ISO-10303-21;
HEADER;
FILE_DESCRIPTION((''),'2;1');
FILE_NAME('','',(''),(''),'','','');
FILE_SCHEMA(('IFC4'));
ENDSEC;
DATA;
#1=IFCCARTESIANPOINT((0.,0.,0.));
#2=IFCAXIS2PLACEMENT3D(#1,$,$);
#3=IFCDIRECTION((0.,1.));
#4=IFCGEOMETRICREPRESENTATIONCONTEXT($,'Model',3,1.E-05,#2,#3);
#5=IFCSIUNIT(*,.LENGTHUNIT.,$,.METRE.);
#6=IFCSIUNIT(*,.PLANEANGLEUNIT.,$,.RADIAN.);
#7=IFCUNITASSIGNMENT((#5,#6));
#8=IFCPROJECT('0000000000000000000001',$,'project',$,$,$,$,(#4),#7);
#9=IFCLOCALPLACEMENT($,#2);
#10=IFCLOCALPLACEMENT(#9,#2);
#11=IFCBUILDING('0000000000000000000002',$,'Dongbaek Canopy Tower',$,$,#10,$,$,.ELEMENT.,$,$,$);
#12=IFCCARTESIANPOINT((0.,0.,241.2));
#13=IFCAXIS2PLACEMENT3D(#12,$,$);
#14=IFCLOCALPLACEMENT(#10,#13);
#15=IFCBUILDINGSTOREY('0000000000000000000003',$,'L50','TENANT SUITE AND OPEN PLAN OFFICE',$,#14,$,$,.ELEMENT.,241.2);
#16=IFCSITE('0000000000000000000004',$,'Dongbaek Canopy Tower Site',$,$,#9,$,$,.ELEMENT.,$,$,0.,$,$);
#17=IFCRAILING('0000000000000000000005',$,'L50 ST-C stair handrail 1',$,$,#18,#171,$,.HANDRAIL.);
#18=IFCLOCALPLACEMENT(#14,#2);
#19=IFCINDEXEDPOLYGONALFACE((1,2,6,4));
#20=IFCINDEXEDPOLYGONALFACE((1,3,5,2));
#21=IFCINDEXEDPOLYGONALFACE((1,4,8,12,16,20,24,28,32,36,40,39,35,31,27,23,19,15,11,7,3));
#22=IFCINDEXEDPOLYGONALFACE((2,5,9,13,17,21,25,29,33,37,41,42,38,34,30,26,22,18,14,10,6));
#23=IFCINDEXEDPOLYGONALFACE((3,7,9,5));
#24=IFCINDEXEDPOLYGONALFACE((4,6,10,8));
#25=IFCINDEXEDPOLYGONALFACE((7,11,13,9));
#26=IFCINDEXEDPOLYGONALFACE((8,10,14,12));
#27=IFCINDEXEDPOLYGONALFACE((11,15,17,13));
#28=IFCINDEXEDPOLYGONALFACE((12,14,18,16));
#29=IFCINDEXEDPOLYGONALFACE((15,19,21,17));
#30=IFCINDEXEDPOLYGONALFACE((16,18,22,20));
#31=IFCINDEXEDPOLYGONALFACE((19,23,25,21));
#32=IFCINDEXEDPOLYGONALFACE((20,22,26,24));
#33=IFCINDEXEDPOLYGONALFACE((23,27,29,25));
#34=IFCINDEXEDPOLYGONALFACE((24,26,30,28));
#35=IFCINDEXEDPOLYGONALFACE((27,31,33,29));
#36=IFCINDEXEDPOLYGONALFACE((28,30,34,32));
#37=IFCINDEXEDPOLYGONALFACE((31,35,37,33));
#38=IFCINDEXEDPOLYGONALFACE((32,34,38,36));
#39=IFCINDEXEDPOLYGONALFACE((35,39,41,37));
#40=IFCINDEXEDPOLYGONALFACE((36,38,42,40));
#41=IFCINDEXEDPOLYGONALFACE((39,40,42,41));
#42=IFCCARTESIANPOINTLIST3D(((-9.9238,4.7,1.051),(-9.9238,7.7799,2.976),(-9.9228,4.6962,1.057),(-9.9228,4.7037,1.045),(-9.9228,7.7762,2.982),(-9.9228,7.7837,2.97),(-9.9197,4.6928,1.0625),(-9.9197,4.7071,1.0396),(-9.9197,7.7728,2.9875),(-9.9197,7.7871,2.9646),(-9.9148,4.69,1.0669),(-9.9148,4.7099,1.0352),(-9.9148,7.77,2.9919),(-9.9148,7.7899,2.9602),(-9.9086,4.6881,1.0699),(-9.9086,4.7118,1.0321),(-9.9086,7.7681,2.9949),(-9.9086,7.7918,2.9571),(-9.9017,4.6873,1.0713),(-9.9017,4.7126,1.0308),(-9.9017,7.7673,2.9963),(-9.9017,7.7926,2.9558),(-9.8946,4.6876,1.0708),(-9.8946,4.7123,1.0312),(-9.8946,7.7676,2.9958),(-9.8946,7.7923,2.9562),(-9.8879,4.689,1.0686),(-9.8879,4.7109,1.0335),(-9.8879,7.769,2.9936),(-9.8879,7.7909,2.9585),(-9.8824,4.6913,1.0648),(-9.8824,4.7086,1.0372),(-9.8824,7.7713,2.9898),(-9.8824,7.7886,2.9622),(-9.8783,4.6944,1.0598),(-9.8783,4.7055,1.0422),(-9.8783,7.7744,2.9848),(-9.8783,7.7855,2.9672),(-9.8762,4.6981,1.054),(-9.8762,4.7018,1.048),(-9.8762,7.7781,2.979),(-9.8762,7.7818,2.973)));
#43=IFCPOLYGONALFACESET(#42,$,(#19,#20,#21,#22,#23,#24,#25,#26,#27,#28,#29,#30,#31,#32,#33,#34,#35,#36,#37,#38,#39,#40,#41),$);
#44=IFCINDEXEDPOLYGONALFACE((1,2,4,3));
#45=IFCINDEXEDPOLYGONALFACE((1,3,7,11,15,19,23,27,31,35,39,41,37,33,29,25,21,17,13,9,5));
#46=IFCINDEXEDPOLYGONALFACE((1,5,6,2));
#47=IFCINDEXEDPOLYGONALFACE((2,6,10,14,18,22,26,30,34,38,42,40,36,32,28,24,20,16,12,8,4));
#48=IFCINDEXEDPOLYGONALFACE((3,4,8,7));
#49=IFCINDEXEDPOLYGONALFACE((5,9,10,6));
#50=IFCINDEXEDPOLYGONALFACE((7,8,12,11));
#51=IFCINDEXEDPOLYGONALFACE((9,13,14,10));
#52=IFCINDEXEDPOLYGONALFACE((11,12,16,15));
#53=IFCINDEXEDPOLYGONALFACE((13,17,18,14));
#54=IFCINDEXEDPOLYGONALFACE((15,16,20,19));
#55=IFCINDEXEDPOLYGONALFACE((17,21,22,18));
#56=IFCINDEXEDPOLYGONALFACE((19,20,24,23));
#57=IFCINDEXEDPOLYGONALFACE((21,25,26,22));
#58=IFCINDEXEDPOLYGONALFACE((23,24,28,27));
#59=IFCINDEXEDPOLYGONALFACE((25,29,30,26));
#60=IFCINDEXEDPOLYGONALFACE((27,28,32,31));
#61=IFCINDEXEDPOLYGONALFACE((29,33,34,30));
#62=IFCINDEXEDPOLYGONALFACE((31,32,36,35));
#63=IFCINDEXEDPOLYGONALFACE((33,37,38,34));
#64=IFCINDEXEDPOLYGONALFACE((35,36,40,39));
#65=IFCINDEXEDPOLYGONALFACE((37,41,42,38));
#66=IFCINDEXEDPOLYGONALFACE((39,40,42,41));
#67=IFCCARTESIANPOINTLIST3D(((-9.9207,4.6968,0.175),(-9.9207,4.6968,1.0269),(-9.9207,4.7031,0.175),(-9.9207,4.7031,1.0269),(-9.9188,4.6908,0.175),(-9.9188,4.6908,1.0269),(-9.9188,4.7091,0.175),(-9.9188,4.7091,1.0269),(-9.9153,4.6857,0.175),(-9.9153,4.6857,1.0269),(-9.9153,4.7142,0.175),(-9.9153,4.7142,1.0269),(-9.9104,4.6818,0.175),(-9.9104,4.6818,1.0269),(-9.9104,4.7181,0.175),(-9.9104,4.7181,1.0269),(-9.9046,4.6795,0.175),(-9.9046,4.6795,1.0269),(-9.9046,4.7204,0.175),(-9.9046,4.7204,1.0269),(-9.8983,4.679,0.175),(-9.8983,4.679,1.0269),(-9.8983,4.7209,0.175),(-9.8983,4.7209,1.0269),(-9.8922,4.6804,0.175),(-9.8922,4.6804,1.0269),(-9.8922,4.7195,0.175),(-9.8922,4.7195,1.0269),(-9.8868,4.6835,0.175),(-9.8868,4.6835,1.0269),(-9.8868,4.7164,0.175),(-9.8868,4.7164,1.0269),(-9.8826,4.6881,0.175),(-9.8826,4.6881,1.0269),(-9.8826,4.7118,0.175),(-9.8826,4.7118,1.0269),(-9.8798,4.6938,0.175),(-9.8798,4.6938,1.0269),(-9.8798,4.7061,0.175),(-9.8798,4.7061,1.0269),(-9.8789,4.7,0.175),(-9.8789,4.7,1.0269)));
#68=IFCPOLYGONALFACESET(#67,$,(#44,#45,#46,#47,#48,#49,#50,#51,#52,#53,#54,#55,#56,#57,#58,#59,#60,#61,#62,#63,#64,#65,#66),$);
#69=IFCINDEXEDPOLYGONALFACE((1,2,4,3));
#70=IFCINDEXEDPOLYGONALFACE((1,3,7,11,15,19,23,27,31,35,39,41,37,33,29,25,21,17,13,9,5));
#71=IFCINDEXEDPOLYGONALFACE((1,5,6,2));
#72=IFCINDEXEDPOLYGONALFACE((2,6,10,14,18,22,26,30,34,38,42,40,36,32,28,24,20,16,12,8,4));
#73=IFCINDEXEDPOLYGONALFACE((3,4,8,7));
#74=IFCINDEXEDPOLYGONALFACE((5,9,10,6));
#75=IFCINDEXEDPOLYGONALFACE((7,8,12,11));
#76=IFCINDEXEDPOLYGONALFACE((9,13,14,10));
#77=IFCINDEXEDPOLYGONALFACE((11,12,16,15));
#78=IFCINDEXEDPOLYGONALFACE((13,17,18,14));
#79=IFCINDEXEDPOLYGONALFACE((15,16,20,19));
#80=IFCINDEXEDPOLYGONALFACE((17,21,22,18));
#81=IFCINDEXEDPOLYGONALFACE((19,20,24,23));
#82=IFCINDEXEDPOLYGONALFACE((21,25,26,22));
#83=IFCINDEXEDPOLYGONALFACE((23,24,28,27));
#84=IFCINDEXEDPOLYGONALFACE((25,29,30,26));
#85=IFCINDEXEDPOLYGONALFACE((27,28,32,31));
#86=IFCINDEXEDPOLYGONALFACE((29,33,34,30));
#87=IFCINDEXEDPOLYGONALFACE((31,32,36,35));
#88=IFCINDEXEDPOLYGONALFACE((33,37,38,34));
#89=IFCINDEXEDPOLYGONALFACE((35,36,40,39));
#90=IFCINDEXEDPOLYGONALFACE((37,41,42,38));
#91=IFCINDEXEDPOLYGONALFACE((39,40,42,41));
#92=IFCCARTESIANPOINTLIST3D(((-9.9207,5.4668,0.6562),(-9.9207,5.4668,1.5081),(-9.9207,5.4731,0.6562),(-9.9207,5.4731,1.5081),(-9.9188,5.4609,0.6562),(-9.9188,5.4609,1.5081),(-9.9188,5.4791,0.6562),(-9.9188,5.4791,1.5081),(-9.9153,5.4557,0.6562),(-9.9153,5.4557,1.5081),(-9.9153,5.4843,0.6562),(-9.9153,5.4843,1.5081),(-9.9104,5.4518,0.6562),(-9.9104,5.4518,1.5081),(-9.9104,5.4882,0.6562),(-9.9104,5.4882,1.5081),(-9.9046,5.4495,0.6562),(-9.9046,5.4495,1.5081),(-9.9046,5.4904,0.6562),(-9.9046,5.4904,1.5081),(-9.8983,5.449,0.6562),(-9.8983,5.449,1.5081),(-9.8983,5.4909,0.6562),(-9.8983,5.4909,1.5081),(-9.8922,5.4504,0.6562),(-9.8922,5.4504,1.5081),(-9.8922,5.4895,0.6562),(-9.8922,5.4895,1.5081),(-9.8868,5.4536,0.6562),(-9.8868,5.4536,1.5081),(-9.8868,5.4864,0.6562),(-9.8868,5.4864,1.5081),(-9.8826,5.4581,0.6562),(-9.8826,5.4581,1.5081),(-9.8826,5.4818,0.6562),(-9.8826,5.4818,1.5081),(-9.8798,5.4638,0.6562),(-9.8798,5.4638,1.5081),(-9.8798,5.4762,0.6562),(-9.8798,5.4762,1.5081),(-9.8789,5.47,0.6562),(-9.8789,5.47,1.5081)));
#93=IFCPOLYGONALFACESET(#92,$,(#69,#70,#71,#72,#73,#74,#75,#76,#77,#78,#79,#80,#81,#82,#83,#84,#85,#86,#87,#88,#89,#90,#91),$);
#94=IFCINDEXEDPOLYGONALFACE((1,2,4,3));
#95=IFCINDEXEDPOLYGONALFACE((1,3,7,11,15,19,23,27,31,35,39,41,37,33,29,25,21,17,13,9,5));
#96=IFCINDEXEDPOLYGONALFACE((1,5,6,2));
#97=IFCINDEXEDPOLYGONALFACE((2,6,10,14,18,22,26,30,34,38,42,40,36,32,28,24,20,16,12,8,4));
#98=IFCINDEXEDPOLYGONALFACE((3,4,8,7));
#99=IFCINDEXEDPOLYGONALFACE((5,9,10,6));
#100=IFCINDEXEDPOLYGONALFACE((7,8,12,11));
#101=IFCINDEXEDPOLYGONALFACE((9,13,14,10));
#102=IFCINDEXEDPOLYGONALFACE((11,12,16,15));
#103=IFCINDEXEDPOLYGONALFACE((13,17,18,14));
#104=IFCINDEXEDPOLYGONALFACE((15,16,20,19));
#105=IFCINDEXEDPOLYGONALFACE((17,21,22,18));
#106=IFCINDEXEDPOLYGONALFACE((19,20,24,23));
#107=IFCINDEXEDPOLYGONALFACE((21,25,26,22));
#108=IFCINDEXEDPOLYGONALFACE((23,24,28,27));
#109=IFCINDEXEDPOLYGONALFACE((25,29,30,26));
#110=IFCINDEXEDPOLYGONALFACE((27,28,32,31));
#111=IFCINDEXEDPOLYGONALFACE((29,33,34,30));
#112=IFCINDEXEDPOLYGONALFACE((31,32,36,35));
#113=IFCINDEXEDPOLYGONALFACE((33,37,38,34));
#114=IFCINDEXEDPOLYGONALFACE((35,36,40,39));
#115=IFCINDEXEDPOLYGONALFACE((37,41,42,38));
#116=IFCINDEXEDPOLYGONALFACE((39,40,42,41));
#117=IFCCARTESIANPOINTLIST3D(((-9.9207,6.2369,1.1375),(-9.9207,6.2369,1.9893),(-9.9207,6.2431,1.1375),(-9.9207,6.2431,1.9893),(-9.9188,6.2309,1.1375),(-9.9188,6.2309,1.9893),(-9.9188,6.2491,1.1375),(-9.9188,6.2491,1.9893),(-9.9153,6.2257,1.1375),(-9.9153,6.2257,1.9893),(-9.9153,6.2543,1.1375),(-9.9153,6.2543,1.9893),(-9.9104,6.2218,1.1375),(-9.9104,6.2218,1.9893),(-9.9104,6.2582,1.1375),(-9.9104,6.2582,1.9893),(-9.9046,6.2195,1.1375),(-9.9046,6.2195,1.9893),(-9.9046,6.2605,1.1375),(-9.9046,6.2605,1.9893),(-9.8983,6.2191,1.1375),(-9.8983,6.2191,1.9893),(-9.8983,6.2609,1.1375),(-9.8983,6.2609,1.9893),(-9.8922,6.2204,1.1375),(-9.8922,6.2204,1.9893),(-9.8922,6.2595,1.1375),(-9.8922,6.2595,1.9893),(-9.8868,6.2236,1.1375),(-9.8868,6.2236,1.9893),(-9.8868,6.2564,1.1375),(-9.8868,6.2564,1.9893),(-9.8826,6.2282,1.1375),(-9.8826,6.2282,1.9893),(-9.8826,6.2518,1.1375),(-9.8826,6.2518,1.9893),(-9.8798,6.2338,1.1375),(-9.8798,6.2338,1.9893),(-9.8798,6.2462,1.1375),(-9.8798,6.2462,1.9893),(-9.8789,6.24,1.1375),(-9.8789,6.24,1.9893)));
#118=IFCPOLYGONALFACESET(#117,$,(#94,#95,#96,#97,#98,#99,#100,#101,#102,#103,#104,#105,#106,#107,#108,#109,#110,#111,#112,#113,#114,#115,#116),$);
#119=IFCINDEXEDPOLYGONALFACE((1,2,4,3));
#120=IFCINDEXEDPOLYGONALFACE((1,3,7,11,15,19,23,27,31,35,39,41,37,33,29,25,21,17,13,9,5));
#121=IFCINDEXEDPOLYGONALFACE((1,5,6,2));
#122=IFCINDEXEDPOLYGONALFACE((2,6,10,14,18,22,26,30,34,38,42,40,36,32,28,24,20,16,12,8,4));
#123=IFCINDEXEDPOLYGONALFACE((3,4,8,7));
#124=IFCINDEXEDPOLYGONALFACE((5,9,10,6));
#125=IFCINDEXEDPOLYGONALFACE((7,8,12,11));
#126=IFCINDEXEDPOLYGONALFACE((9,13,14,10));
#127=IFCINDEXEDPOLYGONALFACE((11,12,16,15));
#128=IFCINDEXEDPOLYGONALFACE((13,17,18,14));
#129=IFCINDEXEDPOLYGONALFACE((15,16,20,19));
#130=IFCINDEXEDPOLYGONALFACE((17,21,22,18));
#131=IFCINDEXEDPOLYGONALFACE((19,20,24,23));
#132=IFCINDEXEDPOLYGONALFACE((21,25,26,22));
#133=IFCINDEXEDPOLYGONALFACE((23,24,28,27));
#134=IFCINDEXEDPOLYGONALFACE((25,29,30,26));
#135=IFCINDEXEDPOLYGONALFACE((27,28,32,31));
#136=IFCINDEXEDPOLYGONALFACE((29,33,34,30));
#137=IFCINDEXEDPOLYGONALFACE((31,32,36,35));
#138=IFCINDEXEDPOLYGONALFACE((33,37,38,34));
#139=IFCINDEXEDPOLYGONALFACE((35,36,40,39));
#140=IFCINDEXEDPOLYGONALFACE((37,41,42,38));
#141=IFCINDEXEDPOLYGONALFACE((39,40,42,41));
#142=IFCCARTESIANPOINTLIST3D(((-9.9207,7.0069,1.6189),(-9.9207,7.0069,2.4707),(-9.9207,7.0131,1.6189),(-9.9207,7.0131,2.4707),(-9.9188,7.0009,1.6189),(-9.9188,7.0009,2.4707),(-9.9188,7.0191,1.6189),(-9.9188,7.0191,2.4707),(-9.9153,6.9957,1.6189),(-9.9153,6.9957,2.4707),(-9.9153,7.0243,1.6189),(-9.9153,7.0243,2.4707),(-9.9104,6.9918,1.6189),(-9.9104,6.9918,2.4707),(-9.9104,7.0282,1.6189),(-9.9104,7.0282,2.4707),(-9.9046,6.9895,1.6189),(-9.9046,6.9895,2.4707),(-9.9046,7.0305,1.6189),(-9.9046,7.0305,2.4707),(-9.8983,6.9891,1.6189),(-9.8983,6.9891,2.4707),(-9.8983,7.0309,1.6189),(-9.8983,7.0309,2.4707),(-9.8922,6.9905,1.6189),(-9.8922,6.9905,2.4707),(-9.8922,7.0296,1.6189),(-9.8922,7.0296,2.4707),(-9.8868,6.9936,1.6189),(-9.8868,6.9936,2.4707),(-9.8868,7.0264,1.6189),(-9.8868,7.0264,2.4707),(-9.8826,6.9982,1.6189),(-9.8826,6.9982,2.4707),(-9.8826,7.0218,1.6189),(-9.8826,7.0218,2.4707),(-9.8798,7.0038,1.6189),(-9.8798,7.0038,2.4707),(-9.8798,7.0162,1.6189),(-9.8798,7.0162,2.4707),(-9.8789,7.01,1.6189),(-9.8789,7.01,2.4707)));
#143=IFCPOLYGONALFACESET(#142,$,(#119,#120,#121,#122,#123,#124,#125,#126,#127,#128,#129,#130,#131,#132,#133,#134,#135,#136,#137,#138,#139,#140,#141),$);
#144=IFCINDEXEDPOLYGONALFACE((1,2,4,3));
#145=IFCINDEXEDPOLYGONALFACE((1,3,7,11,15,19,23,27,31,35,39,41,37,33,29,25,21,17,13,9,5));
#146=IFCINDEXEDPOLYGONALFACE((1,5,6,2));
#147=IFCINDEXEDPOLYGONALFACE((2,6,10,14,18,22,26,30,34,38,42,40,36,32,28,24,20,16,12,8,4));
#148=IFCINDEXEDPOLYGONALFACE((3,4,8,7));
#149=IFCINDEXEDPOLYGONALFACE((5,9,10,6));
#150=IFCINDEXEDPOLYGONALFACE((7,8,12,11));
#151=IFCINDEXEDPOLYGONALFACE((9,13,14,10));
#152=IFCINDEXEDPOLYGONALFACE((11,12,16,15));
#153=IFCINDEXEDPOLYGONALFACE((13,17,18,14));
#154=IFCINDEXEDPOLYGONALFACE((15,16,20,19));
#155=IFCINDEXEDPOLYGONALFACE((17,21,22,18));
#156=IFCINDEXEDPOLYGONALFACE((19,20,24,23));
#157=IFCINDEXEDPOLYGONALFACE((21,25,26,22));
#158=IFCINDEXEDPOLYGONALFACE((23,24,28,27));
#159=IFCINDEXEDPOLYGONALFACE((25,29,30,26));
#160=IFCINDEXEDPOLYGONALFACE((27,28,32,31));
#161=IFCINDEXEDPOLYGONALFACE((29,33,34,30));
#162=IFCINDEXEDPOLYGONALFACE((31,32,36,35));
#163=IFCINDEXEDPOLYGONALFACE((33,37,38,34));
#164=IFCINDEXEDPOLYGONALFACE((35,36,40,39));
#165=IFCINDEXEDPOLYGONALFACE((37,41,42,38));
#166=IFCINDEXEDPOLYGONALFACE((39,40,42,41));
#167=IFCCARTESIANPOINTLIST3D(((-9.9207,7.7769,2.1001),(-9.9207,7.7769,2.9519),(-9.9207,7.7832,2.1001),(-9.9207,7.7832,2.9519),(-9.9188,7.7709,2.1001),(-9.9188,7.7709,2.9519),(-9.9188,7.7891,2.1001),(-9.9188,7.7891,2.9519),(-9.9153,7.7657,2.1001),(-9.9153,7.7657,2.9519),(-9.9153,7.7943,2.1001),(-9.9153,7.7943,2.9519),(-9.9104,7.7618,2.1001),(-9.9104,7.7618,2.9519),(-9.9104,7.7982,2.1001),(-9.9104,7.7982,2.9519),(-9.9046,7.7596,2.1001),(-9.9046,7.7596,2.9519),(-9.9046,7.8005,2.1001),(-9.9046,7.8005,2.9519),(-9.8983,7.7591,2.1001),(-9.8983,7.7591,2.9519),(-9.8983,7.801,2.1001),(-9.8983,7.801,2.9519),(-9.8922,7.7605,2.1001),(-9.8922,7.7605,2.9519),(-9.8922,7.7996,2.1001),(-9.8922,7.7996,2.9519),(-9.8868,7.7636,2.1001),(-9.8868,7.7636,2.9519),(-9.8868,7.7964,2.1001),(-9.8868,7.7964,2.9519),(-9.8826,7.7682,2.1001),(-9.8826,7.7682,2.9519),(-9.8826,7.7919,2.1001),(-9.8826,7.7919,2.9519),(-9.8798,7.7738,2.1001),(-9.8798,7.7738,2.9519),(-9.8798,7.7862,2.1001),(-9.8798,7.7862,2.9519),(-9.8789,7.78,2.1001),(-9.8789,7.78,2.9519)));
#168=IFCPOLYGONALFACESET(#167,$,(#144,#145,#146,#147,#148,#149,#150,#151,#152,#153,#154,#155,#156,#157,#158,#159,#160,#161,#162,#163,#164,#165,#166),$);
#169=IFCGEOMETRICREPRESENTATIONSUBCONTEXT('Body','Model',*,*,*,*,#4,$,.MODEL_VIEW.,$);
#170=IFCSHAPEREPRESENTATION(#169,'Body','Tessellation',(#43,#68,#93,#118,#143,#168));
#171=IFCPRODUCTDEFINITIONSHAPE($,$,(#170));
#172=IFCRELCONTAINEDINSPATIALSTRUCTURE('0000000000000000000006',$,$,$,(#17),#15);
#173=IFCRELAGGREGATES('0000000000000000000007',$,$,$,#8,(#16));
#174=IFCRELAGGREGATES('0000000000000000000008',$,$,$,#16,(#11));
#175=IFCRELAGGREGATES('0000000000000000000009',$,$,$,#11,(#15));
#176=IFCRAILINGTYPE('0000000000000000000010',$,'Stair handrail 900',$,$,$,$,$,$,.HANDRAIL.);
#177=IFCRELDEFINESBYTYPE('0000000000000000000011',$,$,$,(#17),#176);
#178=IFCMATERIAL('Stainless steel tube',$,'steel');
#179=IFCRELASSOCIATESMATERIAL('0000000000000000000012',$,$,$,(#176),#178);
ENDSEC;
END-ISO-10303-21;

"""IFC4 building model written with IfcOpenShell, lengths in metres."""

from ifc_helpers import new_model, si_unit, direction, frame, origin, origin_2d, place, context, subcontext, project, spatial, circle, extrude, material, type_object, element, save


model = new_model("IFC4")

# Units and contexts
model_context = context("Model", 3, precision=1e-05, world=origin(), true_north=direction((0.0, 1.0)))
body_context = subcontext(model_context, "Body", "Model", "MODEL_VIEW")
ifc_project = project(units=[si_unit("LENGTHUNIT", "METRE"), si_unit("PLANEANGLEUNIT", "RADIAN")], contexts=[model_context])

# Site, building, storey
site_placement = place(None, origin())
site = spatial("IfcSite", under=ifc_project, at=site_placement, Name="Dongbaek Canopy Tower Site", CompositionType="ELEMENT", RefElevation=0.0)
building_placement = place(site_placement, origin())
building = spatial("IfcBuilding", under=site, at=building_placement, Name="Dongbaek Canopy Tower", CompositionType="ELEMENT")
storey_placement = place(building_placement, frame((0.0, 0.0, 241.2)))
storey = spatial("IfcBuildingStorey", under=building, at=storey_placement, Name="L50", Description="TENANT SUITE AND OPEN PLAN OFFICE", CompositionType="ELEMENT", Elevation=241.2)

# Railing
ifc_material_1 = material(Name="Stainless steel tube", Category="steel")
railing_type_1 = type_object("IfcRailingType", Name="Stair handrail 900", PredefinedType="HANDRAIL", material=ifc_material_1)
railing_1_placement = place(storey_placement, frame((-9.8999, 4.7, 0.175)))
element("IfcRailing", 1, at=railing_1_placement, inside=storey, type_object=railing_type_1, Name="L50 ST-C stair handrail 1", PredefinedType="HANDRAIL", context=body_context, shape_type="SweptSolid", body=[
    extrude(circle(Radius=0.0239, at=origin_2d()), frame((0.0, 0.0, 0.876), z_axis=(0.0, 0.847998, 0.529999), x_axis=(-1.0, 0.0, 0.0)), (0.0, 0.0, 1.0), 3.6321),
    extrude(circle(Radius=0.021, at=origin_2d()), origin(), (0.0, 0.0, 1.0), 0.8518),
    extrude(circle(Radius=0.021, at=origin_2d()), frame((0.0, 0.77, 0.4812)), (0.0, 0.0, 1.0), 0.8518),
    extrude(circle(Radius=0.021, at=origin_2d()), frame((0.0, 1.54, 0.9624)), (0.0, 0.0, 1.0), 0.8518),
    extrude(circle(Radius=0.021, at=origin_2d()), frame((0.0, 2.3101, 1.4438)), (0.0, 0.0, 1.0), 0.8518),
    extrude(circle(Radius=0.021, at=origin_2d()), frame((0.0, 3.0801, 1.925)), (0.0, 0.0, 1.0), 0.8518),
])

save(model, "model.ifc")
